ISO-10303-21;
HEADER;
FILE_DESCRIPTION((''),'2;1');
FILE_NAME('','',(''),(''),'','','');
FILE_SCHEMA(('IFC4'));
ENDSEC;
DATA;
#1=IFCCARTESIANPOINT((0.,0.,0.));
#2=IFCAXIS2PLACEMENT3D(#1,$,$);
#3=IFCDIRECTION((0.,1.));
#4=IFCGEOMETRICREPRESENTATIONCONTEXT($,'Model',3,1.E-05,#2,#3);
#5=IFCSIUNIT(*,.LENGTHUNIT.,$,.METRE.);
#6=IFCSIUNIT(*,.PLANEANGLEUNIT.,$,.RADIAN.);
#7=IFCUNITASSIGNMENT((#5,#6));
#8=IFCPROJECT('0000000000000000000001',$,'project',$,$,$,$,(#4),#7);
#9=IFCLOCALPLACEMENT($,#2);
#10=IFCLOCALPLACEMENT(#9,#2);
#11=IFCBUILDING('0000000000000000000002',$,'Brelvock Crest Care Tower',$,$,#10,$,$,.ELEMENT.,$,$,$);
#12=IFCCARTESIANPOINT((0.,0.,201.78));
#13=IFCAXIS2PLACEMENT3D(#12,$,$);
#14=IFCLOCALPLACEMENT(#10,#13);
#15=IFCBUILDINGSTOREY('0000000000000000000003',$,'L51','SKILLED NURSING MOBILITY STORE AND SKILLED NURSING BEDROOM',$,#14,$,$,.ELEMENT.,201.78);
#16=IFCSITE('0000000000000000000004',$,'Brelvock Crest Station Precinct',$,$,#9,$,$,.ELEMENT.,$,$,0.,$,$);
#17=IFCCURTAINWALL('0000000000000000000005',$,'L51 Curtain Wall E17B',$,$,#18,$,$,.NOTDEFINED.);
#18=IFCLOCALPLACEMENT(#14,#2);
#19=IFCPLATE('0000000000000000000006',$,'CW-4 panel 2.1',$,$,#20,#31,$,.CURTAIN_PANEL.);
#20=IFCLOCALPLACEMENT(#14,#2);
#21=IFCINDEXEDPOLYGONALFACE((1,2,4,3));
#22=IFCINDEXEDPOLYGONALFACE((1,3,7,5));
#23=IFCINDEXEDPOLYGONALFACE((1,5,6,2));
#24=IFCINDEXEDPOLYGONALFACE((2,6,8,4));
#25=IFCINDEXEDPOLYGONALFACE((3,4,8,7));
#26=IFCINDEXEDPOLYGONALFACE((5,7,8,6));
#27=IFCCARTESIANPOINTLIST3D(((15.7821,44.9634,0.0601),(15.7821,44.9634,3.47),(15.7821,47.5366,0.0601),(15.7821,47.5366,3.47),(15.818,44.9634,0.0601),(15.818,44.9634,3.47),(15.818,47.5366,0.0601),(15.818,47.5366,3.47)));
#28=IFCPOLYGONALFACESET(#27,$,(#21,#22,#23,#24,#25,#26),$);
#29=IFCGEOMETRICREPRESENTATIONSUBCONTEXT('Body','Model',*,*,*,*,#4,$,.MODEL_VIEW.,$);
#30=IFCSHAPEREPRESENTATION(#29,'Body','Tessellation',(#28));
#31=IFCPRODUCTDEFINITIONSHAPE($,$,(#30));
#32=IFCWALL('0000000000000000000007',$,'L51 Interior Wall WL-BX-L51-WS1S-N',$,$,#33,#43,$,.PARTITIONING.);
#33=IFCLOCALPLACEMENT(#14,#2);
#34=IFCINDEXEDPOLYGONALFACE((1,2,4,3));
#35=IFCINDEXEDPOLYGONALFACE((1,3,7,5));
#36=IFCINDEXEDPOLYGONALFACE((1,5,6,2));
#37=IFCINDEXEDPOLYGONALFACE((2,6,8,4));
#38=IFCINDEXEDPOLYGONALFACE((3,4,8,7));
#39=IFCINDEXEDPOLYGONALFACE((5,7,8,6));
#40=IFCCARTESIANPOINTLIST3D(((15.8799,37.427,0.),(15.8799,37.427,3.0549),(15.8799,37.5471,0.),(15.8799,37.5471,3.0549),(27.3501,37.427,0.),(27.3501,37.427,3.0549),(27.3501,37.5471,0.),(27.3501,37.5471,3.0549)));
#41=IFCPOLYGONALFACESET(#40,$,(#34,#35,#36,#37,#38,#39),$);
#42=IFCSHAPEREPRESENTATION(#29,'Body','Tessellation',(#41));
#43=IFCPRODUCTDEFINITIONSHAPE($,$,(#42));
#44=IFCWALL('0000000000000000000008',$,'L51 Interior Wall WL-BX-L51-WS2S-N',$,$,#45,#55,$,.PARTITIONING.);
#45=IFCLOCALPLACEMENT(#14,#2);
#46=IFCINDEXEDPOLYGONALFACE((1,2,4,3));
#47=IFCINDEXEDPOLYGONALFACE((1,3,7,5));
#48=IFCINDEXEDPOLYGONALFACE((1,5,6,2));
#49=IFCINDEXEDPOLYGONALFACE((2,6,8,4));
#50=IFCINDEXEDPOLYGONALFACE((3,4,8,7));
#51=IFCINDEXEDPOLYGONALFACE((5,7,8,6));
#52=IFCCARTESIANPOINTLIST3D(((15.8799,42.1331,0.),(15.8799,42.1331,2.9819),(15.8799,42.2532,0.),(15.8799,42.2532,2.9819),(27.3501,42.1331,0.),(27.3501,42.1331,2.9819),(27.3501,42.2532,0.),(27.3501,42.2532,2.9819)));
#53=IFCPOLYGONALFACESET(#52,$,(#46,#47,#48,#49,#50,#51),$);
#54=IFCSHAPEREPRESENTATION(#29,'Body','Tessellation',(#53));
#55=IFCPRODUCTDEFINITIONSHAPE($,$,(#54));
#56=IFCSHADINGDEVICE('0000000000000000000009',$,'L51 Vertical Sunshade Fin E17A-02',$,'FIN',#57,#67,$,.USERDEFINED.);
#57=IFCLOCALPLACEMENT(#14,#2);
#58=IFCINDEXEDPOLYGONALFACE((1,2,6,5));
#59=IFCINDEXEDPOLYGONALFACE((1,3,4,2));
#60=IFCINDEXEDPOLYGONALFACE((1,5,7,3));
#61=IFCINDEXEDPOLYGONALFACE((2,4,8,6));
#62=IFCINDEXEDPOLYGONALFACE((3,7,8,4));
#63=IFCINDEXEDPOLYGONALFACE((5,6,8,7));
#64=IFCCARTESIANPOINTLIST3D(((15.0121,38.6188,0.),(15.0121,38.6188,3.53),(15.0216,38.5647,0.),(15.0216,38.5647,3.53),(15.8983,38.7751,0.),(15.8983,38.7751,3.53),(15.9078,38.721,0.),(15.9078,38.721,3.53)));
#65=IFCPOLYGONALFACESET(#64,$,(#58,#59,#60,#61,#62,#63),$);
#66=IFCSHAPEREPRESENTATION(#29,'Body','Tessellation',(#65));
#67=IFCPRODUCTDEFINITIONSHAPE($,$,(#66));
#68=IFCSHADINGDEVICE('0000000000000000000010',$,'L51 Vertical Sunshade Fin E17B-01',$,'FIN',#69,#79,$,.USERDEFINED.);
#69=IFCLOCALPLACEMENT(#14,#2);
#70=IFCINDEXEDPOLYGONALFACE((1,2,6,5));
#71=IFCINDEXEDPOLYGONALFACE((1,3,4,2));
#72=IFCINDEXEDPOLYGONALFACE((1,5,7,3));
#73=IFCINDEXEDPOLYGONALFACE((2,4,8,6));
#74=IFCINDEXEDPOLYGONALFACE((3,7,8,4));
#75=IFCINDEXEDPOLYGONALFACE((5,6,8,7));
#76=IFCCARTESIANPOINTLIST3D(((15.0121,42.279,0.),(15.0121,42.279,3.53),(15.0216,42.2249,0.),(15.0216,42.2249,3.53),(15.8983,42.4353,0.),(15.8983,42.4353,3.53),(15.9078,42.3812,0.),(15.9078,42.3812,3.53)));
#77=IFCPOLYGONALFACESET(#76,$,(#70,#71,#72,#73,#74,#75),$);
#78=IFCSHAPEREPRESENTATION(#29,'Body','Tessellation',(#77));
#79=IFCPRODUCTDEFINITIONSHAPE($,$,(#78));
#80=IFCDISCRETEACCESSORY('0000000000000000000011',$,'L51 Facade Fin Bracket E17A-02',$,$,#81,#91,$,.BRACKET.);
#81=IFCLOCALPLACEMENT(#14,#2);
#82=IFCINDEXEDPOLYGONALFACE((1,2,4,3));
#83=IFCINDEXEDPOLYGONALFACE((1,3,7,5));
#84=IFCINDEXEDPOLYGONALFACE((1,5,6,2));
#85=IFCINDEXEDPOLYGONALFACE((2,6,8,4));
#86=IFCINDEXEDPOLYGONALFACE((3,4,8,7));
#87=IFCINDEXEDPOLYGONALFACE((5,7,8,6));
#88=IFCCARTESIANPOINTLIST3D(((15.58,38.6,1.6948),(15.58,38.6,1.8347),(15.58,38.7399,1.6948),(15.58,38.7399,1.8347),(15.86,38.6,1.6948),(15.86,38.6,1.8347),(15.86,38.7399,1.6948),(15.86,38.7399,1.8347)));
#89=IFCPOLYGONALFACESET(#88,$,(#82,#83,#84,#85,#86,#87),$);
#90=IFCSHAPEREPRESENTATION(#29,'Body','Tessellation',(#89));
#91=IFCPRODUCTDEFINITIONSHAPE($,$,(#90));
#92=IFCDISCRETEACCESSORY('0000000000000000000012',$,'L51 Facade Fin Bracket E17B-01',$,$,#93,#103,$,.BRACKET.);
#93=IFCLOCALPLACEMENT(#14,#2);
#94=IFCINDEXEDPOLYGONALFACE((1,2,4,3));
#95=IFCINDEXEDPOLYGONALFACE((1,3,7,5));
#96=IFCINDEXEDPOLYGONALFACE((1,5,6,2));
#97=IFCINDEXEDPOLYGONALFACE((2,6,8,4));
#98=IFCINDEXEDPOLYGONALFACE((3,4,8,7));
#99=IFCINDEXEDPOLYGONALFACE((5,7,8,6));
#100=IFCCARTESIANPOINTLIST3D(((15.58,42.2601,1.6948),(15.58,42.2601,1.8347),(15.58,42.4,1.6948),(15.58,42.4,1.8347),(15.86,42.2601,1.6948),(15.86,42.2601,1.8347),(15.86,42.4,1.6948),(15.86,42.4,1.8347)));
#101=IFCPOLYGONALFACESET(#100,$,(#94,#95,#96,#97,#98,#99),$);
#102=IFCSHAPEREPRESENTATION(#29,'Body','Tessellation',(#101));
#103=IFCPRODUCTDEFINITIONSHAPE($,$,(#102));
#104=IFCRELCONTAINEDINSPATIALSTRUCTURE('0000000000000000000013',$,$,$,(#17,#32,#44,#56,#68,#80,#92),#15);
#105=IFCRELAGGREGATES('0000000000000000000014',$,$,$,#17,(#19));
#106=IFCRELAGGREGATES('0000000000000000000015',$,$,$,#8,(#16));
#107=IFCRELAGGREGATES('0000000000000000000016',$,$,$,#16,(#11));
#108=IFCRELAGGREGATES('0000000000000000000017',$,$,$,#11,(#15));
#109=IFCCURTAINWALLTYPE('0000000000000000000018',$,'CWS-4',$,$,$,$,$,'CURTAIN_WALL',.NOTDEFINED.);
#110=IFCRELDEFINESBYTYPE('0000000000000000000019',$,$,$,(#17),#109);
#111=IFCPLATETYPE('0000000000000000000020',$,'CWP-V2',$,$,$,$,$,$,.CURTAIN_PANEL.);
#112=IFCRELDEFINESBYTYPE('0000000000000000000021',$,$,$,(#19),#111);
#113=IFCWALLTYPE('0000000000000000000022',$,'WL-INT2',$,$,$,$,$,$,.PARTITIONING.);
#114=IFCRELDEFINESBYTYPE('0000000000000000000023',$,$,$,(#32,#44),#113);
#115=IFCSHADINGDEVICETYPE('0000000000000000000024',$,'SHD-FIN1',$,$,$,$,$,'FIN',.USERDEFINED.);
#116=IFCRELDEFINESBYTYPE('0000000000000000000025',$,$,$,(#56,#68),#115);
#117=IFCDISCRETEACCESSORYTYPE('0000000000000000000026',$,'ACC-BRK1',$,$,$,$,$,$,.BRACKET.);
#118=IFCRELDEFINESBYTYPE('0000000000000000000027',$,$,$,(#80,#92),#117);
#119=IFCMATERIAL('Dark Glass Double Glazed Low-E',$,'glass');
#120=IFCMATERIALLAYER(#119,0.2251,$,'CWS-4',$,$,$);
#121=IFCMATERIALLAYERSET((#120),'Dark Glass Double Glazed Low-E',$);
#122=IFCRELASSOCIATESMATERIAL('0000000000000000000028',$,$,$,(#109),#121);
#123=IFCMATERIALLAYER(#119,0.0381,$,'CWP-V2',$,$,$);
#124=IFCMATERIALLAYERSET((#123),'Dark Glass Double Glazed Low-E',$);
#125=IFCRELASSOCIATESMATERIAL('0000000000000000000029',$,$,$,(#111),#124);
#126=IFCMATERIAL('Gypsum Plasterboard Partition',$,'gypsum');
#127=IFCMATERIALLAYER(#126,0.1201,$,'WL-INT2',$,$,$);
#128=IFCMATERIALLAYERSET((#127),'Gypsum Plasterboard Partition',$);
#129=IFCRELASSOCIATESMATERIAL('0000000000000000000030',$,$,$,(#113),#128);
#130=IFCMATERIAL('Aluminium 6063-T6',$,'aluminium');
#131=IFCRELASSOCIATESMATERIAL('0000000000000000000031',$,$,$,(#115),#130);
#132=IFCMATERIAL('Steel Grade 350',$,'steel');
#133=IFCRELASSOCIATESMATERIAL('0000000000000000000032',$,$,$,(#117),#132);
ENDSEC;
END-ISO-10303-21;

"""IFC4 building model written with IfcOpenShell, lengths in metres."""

from ifc_helpers import new_model, si_unit, direction, frame, frame_2d, origin, origin_2d, place, context, subcontext, project, spatial, rectangle, extrude, source, transform, mapped, material, layer, layer_set, material_profile, profile_set, type_object, element, aggregate, save


model = new_model("IFC4")

# Units and contexts
model_context = context("Model", 3, precision=1e-05, world=origin(), true_north=direction((0.0, 1.0)))
body_context = subcontext(model_context, "Body", "Model", "MODEL_VIEW")
ifc_project = project(units=[si_unit("LENGTHUNIT", "METRE"), si_unit("PLANEANGLEUNIT", "RADIAN")], contexts=[model_context])

# Site, building, storey
site_placement = place(None, origin())
site = spatial("IfcSite", under=ifc_project, at=site_placement, Name="Brelvock Crest Station Precinct", CompositionType="ELEMENT", RefElevation=0.0)
building_placement = place(site_placement, origin())
building = spatial("IfcBuilding", under=site, at=building_placement, Name="Brelvock Crest Care Tower", CompositionType="ELEMENT")
storey_placement = place(building_placement, frame((0.0, 0.0, 201.78)))
storey = spatial("IfcBuildingStorey", under=building, at=storey_placement, Name="L51", Description="SKILLED NURSING MOBILITY STORE AND SKILLED NURSING BEDROOM", CompositionType="ELEMENT", Elevation=201.78)

# Shared definitions
ifc_material_1 = material(Name="Steel Grade 350", Category="steel")

# Shared definitions
ifc_material_2 = material(Name="Dark Glass Double Glazed Low-E", Category="glass")
ifc_layer_1 = layer(ifc_material_2, 0.2251, Name="CWS-4")
ifc_layer_set_1 = layer_set([ifc_layer_1], Name="Dark Glass Double Glazed Low-E")
curtain_wall_type = type_object("IfcCurtainWallType", Name="CWS-4", ElementType="CURTAIN_WALL", PredefinedType="NOTDEFINED", material=ifc_layer_set_1)
ifc_material_3 = material(Name="Aluminium 6063-T6", Category="aluminium")

# Curtain wall
curtain_wall_1_placement = place(storey_placement, origin())
curtain_wall_1 = element("IfcCurtainWall", 1, at=curtain_wall_1_placement, inside=storey, type_object=curtain_wall_type, Name="L51 Curtain Wall E17B", PredefinedType="NOTDEFINED")

# Plate
ifc_layer_2 = layer(ifc_material_2, 0.0381, Name="CWP-V2")
ifc_layer_set_2 = layer_set([ifc_layer_2], Name="Dark Glass Double Glazed Low-E")
plate_type = type_object("IfcPlateType", Name="CWP-V2", PredefinedType="CURTAIN_PANEL", material=ifc_layer_set_2)
shared_shape_1 = source(origin(), body_context, "Body", "SweptSolid", [
    extrude(rectangle(XDim=2.5732, YDim=0.0359, at=origin_2d()), origin(), (0.0, 0.0, 1.0), 3.4099),
])
plate_1_placement = place(storey_placement, frame((15.8, 46.25, 0.0601), z_axis=(0.0, 0.0, 1.0), x_axis=(0.0, 1.0, 0.0)))
plate_1 = element("IfcPlate", 2, at=plate_1_placement, type_object=plate_type, Name="CW-4 panel 2.1", PredefinedType="CURTAIN_PANEL", context=body_context, shape_type="MappedRepresentation", body=[
    mapped(shared_shape_1, transform((0.0, 0.0, 0.0), x_axis=(1.0, 0.0, 0.0), y_axis=(0.0, 1.0, 0.0), z_axis=(0.0, 0.0, 1.0), scale=1.0)),
])
aggregate(curtain_wall_1, [plate_1])

# Walls
ifc_material_4 = material(Name="Gypsum Plasterboard Partition", Category="gypsum")
ifc_layer_3 = layer(ifc_material_4, 0.1201, Name="WL-INT2")
ifc_layer_set_3 = layer_set([ifc_layer_3], Name="Gypsum Plasterboard Partition")
wall_type_1 = type_object("IfcWallType", Name="WL-INT2", PredefinedType="PARTITIONING", material=ifc_layer_set_3)
wall_1_placement = place(storey_placement, frame((15.8799, 37.4871, 0.0), z_axis=(0.0, 0.0, 1.0), x_axis=(1.0, 0.0, 0.0)))
element("IfcWall", 3, at=wall_1_placement, inside=storey, type_object=wall_type_1, Name="L51 Interior Wall WL-BX-L51-WS1S-N", PredefinedType="PARTITIONING", context=body_context, shape_type="SweptSolid", body=[
    extrude(rectangle(XDim=11.4702, YDim=0.1201, at=frame_2d((5.7351, 0.0))), origin(), (0.0, 0.0, 1.0), 3.0549),
])
wall_2_placement = place(storey_placement, frame((15.8799, 42.1931, 0.0), z_axis=(0.0, 0.0, 1.0), x_axis=(1.0, 0.0, 0.0)))
element("IfcWall", 4, at=wall_2_placement, inside=storey, type_object=wall_type_1, Name="L51 Interior Wall WL-BX-L51-WS2S-N", PredefinedType="PARTITIONING", context=body_context, shape_type="SweptSolid", body=[
    extrude(rectangle(XDim=11.4702, YDim=0.1201, at=frame_2d((5.7351, 0.0))), origin(), (0.0, 0.0, 1.0), 2.9819),
])

# Shading devices
ifc_material_profile_1 = material_profile(ifc_material_3, rectangle(XDim=0.0549, YDim=0.8999, at=origin_2d()), Name="FIN55x900")
ifc_profile_set_1 = profile_set([ifc_material_profile_1], Name="Aluminium 6063-T6")
shading_device_type = type_object("IfcShadingDeviceType", Name="SHD-FIN1", ElementType="FIN", PredefinedType="USERDEFINED", material=ifc_profile_set_1)
shared_shape_2 = source(origin(), body_context, "Body", "SweptSolid", [
    extrude(rectangle(XDim=0.0549, YDim=0.8999, at=origin_2d()), origin(), (0.0, 0.0, 1.0), 3.53),
])
for number, where, z_axis, x_axis, name in (
    (5, (15.46, 38.6699, 0.0), (0.0, 0.0, 1.0), (-0.173648, 0.984808, 0.0), "L51 Vertical Sunshade Fin E17A-02"),
    (6, (15.46, 42.3301, 0.0), (0.0, 0.0, 1.0), (-0.173648, 0.984808, 0.0), "L51 Vertical Sunshade Fin E17B-01"),
):
    element("IfcShadingDevice", number, at=place(storey_placement, frame(where, z_axis=z_axis, x_axis=x_axis)), inside=storey, type_object=shading_device_type, Name=name, ObjectType="FIN", PredefinedType="USERDEFINED", context=body_context, shape_type="MappedRepresentation", body=[
        mapped(shared_shape_2, transform((0.0, 0.0, 0.0), x_axis=(1.0, 0.0, 0.0), y_axis=(0.0, 1.0, 0.0), z_axis=(0.0, 0.0, 1.0), scale=1.0)),
    ])

# Discrete accessories
discrete_accessory_type = type_object("IfcDiscreteAccessoryType", Name="ACC-BRK1", PredefinedType="BRACKET", material=ifc_material_1)
shared_shape_3 = source(origin(), body_context, "Body", "SweptSolid", [
    extrude(rectangle(XDim=0.28, YDim=0.1399, at=origin_2d()), origin(), (0.0, 0.0, 1.0), 0.1399),
])
for number, where, z_axis, x_axis, name in (
    (7, (15.72, 38.6699, 1.6948), (0.0, 0.0, 1.0), (-1.0, 0.0, 0.0), "L51 Facade Fin Bracket E17A-02"),
    (8, (15.72, 42.3301, 1.6948), (0.0, 0.0, 1.0), (-1.0, 0.0, 0.0), "L51 Facade Fin Bracket E17B-01"),
):
    element("IfcDiscreteAccessory", number, at=place(storey_placement, frame(where, z_axis=z_axis, x_axis=x_axis)), inside=storey, type_object=discrete_accessory_type, Name=name, PredefinedType="BRACKET", context=body_context, shape_type="MappedRepresentation", body=[
        mapped(shared_shape_3, transform((0.0, 0.0, 0.0), x_axis=(1.0, 0.0, 0.0), y_axis=(0.0, 1.0, 0.0), z_axis=(0.0, 0.0, 1.0), scale=1.0)),
    ])

save(model, "model.ifc")
